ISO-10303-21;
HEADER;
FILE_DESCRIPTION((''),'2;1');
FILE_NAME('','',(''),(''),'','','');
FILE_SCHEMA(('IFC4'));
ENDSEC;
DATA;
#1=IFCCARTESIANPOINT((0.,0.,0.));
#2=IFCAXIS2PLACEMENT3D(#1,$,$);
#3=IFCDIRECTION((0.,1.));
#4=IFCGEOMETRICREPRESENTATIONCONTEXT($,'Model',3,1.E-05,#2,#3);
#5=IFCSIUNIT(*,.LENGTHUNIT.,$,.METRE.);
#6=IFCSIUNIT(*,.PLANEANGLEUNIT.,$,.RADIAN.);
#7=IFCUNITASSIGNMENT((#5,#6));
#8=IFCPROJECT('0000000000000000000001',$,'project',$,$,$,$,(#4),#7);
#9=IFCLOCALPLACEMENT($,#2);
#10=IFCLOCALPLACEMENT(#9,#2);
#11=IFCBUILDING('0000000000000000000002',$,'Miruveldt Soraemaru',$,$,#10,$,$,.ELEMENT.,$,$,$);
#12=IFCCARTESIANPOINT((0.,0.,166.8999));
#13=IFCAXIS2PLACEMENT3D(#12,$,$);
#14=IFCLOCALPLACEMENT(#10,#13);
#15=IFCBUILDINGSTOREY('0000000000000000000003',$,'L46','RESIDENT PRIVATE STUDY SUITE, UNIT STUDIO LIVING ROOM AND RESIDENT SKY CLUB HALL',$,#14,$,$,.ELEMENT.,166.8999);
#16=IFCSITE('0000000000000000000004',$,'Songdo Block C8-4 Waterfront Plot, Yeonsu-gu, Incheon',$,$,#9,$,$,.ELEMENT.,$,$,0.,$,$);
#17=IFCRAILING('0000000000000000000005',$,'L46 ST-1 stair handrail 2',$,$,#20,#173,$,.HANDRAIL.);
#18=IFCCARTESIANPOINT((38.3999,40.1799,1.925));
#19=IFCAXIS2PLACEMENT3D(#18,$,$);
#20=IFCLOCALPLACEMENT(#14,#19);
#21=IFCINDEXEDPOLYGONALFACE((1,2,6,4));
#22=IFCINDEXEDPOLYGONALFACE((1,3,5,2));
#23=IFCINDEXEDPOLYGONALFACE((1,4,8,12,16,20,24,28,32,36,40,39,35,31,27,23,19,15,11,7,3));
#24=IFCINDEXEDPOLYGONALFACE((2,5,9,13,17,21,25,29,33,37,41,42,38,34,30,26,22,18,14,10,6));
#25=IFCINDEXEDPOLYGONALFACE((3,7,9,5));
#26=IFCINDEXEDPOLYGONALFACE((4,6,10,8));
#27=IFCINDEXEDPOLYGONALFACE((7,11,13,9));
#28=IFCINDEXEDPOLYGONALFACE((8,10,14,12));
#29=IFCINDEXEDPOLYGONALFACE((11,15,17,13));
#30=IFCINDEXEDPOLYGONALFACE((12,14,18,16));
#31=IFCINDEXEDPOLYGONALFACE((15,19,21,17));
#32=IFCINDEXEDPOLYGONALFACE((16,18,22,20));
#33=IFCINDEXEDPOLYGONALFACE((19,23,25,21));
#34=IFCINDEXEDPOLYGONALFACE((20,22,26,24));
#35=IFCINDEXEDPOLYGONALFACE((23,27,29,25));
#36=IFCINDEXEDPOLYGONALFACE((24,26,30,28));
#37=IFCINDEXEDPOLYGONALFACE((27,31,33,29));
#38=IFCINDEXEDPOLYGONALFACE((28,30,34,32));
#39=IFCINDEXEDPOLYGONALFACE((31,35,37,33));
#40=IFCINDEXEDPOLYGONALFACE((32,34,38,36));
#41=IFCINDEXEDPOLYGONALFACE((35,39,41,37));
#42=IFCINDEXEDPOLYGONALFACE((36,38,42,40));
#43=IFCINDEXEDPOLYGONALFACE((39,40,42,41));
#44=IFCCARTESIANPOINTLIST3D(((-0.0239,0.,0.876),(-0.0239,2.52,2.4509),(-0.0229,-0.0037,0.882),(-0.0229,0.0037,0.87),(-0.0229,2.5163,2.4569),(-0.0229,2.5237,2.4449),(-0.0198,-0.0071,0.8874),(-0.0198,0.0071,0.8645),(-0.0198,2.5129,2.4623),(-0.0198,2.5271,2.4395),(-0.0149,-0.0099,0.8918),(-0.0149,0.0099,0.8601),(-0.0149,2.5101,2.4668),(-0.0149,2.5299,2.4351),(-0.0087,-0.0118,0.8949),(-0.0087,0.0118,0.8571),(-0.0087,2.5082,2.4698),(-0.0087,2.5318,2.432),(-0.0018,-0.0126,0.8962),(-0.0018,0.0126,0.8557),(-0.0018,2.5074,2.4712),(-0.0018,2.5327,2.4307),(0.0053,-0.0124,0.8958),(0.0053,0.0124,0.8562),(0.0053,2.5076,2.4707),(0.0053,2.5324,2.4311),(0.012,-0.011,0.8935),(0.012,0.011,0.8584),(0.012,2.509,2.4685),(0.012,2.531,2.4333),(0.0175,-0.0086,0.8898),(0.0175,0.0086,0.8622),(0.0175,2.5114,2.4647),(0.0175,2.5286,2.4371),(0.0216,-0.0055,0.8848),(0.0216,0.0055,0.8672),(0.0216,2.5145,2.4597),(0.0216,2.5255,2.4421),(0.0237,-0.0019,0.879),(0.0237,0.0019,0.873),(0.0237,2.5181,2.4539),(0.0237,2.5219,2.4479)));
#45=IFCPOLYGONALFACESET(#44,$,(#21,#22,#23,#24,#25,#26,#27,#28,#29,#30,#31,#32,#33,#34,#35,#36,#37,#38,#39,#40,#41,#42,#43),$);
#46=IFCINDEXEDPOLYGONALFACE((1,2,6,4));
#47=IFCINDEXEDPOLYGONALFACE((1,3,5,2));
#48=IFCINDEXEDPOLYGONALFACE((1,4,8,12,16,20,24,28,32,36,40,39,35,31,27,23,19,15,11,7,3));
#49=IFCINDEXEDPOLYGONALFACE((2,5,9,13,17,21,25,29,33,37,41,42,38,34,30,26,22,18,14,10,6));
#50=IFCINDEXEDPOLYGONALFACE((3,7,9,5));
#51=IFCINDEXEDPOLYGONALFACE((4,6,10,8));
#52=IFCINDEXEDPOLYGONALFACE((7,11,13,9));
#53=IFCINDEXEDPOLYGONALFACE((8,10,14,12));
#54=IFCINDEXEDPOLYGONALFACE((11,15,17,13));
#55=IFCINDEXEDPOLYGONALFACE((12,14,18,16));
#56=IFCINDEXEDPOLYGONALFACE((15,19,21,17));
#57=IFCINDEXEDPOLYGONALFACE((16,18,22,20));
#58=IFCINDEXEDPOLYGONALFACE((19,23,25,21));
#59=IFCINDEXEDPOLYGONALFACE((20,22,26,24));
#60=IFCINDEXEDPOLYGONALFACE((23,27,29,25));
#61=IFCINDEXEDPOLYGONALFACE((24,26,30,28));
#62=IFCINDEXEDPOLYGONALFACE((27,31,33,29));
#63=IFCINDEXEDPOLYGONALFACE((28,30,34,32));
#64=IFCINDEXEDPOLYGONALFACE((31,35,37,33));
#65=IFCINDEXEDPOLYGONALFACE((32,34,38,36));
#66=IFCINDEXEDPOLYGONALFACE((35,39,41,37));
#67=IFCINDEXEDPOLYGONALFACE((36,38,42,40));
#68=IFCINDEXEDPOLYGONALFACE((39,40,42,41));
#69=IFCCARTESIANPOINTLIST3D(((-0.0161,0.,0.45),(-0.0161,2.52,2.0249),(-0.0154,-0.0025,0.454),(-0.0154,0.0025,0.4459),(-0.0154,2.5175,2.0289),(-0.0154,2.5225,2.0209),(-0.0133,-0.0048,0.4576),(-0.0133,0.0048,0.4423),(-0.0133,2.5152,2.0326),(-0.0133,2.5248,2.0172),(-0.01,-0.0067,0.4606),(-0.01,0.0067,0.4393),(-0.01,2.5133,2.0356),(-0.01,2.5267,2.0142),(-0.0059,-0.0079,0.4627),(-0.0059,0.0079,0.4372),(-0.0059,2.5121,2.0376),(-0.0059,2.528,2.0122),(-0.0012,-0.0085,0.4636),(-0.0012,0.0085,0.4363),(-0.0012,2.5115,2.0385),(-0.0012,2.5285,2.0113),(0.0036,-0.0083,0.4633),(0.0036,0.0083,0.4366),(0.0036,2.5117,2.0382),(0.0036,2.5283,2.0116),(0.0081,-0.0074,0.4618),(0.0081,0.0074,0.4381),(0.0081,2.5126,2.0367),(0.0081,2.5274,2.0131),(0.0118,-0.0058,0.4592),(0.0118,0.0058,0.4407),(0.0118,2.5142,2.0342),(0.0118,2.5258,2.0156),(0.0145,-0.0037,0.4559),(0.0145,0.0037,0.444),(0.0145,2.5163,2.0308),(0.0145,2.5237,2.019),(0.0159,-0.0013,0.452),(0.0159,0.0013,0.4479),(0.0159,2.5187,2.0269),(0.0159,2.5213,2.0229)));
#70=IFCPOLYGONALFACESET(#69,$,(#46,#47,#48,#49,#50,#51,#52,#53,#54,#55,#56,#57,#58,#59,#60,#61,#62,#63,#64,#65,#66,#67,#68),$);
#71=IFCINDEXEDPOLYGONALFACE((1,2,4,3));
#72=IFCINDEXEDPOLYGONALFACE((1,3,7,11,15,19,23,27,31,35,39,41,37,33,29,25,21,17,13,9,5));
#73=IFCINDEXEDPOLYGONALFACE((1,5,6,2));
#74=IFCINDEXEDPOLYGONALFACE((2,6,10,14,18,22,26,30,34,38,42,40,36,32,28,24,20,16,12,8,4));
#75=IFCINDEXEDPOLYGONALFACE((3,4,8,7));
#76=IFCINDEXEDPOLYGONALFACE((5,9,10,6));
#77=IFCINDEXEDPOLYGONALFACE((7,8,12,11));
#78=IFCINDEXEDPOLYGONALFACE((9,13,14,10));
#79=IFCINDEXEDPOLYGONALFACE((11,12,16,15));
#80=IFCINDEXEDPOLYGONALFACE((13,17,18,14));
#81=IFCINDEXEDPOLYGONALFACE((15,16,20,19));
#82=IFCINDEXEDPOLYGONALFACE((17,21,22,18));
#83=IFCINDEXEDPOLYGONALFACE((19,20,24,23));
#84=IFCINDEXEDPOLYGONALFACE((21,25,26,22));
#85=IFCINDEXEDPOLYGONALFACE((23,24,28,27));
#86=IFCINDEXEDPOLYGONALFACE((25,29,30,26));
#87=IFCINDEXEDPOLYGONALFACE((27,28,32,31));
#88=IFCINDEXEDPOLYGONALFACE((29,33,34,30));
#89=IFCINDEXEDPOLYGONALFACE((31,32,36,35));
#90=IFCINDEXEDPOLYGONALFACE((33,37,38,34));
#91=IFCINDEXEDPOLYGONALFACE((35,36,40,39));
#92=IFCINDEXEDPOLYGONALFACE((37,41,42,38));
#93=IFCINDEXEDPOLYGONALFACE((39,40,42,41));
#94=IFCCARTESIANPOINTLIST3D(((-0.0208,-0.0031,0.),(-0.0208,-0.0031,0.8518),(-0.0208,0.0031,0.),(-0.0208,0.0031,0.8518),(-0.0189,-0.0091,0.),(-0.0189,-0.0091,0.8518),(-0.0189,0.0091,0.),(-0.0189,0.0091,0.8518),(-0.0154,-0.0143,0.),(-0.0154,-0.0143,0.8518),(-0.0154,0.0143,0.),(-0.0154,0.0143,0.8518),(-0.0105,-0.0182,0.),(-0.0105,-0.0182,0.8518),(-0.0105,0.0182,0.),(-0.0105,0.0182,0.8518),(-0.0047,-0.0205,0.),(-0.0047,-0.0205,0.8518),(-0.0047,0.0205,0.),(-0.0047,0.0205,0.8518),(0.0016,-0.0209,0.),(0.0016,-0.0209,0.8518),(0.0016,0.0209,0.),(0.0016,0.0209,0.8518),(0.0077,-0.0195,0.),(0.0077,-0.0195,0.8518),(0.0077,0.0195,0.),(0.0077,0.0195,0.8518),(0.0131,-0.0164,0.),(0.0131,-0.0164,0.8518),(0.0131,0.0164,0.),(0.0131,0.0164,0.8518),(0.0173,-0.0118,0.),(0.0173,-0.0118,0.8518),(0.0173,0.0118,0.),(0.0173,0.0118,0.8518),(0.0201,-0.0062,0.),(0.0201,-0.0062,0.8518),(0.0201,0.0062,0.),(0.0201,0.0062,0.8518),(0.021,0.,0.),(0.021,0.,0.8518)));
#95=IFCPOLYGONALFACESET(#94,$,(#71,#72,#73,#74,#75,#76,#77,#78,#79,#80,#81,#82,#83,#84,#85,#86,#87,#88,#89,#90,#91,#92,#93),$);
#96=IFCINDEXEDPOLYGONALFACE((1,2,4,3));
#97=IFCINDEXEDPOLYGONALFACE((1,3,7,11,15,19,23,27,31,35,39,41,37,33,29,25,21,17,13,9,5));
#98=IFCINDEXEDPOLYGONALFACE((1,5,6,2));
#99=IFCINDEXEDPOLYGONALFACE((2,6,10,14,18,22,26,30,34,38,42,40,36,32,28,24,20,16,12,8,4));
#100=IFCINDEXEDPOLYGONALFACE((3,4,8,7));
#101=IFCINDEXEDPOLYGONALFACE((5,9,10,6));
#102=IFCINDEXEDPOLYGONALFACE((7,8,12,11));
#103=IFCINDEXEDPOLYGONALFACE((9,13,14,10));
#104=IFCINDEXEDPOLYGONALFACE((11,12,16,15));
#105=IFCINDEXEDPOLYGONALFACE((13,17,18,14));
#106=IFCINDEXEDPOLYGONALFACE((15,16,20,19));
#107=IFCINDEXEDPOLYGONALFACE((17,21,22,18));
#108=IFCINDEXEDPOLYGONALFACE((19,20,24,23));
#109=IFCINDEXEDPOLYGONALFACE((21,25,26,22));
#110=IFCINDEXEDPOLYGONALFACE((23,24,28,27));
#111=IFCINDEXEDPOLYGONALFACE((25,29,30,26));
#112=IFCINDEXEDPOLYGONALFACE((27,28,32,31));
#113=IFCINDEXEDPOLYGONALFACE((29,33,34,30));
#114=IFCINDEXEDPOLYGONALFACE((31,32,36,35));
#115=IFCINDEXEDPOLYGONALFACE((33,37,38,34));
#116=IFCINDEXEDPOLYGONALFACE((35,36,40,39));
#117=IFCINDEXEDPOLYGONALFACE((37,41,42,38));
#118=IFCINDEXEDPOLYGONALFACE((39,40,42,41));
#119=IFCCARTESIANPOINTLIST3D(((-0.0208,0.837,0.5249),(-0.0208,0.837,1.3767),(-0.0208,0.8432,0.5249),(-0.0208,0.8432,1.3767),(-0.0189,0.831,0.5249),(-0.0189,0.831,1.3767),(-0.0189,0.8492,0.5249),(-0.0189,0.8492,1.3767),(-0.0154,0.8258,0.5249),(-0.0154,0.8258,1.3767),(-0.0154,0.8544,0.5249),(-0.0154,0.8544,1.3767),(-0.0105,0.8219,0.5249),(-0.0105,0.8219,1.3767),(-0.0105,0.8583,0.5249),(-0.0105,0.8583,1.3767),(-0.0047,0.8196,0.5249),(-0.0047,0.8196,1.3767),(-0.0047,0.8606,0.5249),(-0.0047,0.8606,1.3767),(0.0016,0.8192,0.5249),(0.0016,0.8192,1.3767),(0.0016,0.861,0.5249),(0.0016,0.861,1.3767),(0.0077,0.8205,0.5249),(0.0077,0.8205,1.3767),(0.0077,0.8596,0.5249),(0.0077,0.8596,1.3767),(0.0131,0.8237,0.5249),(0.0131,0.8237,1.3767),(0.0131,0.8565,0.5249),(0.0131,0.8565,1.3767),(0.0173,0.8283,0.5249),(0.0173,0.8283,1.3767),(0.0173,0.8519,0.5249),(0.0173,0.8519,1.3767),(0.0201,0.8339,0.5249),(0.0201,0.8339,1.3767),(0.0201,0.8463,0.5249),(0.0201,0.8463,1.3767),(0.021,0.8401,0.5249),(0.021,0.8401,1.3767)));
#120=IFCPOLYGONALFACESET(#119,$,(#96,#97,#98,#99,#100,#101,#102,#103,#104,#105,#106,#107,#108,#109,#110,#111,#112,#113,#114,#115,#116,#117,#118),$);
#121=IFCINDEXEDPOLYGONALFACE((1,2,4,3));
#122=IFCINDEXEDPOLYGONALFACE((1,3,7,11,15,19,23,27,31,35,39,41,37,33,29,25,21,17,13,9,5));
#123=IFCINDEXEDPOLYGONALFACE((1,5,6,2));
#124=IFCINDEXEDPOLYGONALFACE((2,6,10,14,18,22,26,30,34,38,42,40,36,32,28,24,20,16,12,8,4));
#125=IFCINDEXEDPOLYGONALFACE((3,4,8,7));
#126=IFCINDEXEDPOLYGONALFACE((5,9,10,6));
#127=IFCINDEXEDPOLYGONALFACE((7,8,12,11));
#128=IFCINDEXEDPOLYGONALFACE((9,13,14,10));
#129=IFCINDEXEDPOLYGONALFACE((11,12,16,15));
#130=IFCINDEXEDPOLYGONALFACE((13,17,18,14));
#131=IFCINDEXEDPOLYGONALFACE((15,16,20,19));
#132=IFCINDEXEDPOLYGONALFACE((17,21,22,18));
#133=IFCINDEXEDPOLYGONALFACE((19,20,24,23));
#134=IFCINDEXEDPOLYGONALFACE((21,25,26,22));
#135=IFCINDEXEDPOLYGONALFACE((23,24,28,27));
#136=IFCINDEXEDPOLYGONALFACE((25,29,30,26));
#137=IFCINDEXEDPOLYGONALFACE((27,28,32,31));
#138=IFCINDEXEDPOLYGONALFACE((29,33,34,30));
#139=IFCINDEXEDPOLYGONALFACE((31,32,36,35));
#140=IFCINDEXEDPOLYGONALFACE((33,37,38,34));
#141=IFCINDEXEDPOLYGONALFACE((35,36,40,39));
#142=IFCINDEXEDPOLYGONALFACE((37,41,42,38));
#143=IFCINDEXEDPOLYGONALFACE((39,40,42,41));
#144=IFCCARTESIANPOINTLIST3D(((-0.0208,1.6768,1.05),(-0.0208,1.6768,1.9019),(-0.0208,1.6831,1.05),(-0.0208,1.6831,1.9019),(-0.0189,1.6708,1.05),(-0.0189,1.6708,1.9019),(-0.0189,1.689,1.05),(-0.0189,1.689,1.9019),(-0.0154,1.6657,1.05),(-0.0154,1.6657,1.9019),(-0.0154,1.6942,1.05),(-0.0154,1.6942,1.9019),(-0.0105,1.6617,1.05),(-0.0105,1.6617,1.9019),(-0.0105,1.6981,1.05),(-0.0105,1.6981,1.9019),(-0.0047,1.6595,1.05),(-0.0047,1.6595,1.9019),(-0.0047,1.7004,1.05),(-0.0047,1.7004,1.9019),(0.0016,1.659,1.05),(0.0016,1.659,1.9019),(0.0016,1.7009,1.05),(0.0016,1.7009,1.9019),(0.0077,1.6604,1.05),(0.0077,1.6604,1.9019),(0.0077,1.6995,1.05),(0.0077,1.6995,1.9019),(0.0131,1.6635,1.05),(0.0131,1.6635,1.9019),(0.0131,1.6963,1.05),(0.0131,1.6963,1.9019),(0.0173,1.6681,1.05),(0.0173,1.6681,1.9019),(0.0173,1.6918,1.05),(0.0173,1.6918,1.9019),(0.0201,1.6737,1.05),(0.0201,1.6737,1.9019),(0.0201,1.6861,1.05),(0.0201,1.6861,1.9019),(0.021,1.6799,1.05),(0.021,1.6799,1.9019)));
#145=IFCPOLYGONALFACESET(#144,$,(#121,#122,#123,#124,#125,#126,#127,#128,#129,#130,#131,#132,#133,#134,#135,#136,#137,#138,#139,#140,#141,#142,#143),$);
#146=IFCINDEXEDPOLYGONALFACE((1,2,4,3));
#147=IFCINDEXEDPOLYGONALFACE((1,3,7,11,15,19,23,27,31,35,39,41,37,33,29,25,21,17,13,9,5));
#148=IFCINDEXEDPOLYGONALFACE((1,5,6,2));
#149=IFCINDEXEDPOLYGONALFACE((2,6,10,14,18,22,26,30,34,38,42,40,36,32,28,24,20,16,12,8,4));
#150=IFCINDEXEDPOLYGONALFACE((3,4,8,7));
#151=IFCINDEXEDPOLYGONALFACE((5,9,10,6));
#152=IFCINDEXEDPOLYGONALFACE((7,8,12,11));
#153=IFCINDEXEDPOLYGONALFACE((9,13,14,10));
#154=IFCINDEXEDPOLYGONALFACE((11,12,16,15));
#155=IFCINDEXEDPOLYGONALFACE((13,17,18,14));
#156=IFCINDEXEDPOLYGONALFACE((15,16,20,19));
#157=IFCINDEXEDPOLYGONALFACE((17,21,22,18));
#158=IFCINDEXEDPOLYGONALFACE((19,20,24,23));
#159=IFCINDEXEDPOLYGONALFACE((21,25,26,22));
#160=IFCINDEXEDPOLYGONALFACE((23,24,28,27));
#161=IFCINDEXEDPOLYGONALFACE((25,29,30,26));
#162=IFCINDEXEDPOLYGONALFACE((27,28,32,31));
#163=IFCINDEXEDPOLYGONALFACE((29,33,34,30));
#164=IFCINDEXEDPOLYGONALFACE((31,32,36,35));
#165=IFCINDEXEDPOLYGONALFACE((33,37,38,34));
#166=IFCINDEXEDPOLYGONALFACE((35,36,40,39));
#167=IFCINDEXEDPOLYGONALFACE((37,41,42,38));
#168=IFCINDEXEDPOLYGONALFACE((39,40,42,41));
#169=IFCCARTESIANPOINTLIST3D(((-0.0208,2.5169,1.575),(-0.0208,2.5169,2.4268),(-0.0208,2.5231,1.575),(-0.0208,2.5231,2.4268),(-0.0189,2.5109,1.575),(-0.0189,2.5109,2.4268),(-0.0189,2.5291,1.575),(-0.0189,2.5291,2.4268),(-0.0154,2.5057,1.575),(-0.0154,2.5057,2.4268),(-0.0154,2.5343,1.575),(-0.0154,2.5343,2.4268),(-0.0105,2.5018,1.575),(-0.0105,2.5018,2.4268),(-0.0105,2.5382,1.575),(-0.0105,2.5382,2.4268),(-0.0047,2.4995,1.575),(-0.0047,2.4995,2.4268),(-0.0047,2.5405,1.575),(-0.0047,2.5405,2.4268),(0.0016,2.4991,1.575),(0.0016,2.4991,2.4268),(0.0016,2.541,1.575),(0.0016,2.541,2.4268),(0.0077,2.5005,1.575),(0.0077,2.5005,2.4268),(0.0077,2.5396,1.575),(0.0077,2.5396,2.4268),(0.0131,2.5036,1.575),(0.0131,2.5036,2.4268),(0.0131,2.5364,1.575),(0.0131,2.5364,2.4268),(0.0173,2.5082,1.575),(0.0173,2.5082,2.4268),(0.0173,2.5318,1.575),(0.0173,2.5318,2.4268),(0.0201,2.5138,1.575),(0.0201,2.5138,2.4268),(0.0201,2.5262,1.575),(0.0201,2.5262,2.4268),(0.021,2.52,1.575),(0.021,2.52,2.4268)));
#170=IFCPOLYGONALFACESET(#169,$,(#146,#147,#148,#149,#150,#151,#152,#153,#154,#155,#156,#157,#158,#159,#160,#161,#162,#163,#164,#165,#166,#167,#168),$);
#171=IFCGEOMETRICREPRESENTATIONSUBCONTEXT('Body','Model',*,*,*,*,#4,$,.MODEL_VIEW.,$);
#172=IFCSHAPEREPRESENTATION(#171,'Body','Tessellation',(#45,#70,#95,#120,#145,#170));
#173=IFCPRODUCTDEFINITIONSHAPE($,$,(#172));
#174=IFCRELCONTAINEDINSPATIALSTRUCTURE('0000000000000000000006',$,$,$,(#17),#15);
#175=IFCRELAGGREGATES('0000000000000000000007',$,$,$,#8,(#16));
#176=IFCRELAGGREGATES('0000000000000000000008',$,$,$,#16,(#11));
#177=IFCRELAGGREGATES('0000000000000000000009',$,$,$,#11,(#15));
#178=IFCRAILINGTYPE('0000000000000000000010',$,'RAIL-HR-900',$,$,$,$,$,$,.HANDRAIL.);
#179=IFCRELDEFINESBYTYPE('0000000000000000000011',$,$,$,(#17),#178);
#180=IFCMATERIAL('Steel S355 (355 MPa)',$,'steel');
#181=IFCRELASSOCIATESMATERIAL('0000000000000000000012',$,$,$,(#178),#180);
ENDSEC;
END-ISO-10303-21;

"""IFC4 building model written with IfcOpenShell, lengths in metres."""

from ifc_helpers import new_model, si_unit, direction, frame, origin, origin_2d, place, context, subcontext, project, spatial, circle, extrude, material, type_object, element, save


model = new_model("IFC4")

# Units and contexts
model_context = context("Model", 3, precision=1e-05, world=origin(), true_north=direction((0.0, 1.0)))
body_context = subcontext(model_context, "Body", "Model", "MODEL_VIEW")
ifc_project = project(units=[si_unit("LENGTHUNIT", "METRE"), si_unit("PLANEANGLEUNIT", "RADIAN")], contexts=[model_context])

# Site, building, storey
site_placement = place(None, origin())
site = spatial("IfcSite", under=ifc_project, at=site_placement, Name="Songdo Block C8-4 Waterfront Plot, Yeonsu-gu, Incheon", CompositionType="ELEMENT", RefElevation=0.0)
building_placement = place(site_placement, origin())
building = spatial("IfcBuilding", under=site, at=building_placement, Name="Miruveldt Soraemaru", CompositionType="ELEMENT")
storey_placement = place(building_placement, frame((0.0, 0.0, 166.8999)))
storey = spatial("IfcBuildingStorey", under=building, at=storey_placement, Name="L46", Description="RESIDENT PRIVATE STUDY SUITE, UNIT STUDIO LIVING ROOM AND RESIDENT SKY CLUB HALL", CompositionType="ELEMENT", Elevation=166.8999)

# Railing
ifc_material_1 = material(Name="Steel S355 (355 MPa)", Category="steel")
railing_type_1 = type_object("IfcRailingType", Name="RAIL-HR-900", PredefinedType="HANDRAIL", material=ifc_material_1)
railing_1_placement = place(storey_placement, frame((38.3999, 40.1799, 1.925)))
element("IfcRailing", 1, at=railing_1_placement, inside=storey, type_object=railing_type_1, Name="L46 ST-1 stair handrail 2", PredefinedType="HANDRAIL", context=body_context, shape_type="SweptSolid", body=[
    extrude(circle(Radius=0.0239, at=origin_2d()), frame((0.0, 0.0, 0.876), z_axis=(0.0, 0.848008, 0.529984), x_axis=(-1.0, 0.0, 0.0)), (0.0, 0.0, 1.0), 2.9717),
    extrude(circle(Radius=0.0161, at=origin_2d()), frame((0.0, 0.0, 0.45), z_axis=(0.0, 0.848008, 0.529984), x_axis=(-1.0, 0.0, 0.0)), (0.0, 0.0, 1.0), 2.9717),
    extrude(circle(Radius=0.021, at=origin_2d()), origin(), (0.0, 0.0, 1.0), 0.8518),
    extrude(circle(Radius=0.021, at=origin_2d()), frame((0.0, 0.8401, 0.5249)), (0.0, 0.0, 1.0), 0.8518),
    extrude(circle(Radius=0.021, at=origin_2d()), frame((0.0, 1.6799, 1.05)), (0.0, 0.0, 1.0), 0.8518),
    extrude(circle(Radius=0.021, at=origin_2d()), frame((0.0, 2.52, 1.575)), (0.0, 0.0, 1.0), 0.8518),
])

save(model, "model.ifc")
